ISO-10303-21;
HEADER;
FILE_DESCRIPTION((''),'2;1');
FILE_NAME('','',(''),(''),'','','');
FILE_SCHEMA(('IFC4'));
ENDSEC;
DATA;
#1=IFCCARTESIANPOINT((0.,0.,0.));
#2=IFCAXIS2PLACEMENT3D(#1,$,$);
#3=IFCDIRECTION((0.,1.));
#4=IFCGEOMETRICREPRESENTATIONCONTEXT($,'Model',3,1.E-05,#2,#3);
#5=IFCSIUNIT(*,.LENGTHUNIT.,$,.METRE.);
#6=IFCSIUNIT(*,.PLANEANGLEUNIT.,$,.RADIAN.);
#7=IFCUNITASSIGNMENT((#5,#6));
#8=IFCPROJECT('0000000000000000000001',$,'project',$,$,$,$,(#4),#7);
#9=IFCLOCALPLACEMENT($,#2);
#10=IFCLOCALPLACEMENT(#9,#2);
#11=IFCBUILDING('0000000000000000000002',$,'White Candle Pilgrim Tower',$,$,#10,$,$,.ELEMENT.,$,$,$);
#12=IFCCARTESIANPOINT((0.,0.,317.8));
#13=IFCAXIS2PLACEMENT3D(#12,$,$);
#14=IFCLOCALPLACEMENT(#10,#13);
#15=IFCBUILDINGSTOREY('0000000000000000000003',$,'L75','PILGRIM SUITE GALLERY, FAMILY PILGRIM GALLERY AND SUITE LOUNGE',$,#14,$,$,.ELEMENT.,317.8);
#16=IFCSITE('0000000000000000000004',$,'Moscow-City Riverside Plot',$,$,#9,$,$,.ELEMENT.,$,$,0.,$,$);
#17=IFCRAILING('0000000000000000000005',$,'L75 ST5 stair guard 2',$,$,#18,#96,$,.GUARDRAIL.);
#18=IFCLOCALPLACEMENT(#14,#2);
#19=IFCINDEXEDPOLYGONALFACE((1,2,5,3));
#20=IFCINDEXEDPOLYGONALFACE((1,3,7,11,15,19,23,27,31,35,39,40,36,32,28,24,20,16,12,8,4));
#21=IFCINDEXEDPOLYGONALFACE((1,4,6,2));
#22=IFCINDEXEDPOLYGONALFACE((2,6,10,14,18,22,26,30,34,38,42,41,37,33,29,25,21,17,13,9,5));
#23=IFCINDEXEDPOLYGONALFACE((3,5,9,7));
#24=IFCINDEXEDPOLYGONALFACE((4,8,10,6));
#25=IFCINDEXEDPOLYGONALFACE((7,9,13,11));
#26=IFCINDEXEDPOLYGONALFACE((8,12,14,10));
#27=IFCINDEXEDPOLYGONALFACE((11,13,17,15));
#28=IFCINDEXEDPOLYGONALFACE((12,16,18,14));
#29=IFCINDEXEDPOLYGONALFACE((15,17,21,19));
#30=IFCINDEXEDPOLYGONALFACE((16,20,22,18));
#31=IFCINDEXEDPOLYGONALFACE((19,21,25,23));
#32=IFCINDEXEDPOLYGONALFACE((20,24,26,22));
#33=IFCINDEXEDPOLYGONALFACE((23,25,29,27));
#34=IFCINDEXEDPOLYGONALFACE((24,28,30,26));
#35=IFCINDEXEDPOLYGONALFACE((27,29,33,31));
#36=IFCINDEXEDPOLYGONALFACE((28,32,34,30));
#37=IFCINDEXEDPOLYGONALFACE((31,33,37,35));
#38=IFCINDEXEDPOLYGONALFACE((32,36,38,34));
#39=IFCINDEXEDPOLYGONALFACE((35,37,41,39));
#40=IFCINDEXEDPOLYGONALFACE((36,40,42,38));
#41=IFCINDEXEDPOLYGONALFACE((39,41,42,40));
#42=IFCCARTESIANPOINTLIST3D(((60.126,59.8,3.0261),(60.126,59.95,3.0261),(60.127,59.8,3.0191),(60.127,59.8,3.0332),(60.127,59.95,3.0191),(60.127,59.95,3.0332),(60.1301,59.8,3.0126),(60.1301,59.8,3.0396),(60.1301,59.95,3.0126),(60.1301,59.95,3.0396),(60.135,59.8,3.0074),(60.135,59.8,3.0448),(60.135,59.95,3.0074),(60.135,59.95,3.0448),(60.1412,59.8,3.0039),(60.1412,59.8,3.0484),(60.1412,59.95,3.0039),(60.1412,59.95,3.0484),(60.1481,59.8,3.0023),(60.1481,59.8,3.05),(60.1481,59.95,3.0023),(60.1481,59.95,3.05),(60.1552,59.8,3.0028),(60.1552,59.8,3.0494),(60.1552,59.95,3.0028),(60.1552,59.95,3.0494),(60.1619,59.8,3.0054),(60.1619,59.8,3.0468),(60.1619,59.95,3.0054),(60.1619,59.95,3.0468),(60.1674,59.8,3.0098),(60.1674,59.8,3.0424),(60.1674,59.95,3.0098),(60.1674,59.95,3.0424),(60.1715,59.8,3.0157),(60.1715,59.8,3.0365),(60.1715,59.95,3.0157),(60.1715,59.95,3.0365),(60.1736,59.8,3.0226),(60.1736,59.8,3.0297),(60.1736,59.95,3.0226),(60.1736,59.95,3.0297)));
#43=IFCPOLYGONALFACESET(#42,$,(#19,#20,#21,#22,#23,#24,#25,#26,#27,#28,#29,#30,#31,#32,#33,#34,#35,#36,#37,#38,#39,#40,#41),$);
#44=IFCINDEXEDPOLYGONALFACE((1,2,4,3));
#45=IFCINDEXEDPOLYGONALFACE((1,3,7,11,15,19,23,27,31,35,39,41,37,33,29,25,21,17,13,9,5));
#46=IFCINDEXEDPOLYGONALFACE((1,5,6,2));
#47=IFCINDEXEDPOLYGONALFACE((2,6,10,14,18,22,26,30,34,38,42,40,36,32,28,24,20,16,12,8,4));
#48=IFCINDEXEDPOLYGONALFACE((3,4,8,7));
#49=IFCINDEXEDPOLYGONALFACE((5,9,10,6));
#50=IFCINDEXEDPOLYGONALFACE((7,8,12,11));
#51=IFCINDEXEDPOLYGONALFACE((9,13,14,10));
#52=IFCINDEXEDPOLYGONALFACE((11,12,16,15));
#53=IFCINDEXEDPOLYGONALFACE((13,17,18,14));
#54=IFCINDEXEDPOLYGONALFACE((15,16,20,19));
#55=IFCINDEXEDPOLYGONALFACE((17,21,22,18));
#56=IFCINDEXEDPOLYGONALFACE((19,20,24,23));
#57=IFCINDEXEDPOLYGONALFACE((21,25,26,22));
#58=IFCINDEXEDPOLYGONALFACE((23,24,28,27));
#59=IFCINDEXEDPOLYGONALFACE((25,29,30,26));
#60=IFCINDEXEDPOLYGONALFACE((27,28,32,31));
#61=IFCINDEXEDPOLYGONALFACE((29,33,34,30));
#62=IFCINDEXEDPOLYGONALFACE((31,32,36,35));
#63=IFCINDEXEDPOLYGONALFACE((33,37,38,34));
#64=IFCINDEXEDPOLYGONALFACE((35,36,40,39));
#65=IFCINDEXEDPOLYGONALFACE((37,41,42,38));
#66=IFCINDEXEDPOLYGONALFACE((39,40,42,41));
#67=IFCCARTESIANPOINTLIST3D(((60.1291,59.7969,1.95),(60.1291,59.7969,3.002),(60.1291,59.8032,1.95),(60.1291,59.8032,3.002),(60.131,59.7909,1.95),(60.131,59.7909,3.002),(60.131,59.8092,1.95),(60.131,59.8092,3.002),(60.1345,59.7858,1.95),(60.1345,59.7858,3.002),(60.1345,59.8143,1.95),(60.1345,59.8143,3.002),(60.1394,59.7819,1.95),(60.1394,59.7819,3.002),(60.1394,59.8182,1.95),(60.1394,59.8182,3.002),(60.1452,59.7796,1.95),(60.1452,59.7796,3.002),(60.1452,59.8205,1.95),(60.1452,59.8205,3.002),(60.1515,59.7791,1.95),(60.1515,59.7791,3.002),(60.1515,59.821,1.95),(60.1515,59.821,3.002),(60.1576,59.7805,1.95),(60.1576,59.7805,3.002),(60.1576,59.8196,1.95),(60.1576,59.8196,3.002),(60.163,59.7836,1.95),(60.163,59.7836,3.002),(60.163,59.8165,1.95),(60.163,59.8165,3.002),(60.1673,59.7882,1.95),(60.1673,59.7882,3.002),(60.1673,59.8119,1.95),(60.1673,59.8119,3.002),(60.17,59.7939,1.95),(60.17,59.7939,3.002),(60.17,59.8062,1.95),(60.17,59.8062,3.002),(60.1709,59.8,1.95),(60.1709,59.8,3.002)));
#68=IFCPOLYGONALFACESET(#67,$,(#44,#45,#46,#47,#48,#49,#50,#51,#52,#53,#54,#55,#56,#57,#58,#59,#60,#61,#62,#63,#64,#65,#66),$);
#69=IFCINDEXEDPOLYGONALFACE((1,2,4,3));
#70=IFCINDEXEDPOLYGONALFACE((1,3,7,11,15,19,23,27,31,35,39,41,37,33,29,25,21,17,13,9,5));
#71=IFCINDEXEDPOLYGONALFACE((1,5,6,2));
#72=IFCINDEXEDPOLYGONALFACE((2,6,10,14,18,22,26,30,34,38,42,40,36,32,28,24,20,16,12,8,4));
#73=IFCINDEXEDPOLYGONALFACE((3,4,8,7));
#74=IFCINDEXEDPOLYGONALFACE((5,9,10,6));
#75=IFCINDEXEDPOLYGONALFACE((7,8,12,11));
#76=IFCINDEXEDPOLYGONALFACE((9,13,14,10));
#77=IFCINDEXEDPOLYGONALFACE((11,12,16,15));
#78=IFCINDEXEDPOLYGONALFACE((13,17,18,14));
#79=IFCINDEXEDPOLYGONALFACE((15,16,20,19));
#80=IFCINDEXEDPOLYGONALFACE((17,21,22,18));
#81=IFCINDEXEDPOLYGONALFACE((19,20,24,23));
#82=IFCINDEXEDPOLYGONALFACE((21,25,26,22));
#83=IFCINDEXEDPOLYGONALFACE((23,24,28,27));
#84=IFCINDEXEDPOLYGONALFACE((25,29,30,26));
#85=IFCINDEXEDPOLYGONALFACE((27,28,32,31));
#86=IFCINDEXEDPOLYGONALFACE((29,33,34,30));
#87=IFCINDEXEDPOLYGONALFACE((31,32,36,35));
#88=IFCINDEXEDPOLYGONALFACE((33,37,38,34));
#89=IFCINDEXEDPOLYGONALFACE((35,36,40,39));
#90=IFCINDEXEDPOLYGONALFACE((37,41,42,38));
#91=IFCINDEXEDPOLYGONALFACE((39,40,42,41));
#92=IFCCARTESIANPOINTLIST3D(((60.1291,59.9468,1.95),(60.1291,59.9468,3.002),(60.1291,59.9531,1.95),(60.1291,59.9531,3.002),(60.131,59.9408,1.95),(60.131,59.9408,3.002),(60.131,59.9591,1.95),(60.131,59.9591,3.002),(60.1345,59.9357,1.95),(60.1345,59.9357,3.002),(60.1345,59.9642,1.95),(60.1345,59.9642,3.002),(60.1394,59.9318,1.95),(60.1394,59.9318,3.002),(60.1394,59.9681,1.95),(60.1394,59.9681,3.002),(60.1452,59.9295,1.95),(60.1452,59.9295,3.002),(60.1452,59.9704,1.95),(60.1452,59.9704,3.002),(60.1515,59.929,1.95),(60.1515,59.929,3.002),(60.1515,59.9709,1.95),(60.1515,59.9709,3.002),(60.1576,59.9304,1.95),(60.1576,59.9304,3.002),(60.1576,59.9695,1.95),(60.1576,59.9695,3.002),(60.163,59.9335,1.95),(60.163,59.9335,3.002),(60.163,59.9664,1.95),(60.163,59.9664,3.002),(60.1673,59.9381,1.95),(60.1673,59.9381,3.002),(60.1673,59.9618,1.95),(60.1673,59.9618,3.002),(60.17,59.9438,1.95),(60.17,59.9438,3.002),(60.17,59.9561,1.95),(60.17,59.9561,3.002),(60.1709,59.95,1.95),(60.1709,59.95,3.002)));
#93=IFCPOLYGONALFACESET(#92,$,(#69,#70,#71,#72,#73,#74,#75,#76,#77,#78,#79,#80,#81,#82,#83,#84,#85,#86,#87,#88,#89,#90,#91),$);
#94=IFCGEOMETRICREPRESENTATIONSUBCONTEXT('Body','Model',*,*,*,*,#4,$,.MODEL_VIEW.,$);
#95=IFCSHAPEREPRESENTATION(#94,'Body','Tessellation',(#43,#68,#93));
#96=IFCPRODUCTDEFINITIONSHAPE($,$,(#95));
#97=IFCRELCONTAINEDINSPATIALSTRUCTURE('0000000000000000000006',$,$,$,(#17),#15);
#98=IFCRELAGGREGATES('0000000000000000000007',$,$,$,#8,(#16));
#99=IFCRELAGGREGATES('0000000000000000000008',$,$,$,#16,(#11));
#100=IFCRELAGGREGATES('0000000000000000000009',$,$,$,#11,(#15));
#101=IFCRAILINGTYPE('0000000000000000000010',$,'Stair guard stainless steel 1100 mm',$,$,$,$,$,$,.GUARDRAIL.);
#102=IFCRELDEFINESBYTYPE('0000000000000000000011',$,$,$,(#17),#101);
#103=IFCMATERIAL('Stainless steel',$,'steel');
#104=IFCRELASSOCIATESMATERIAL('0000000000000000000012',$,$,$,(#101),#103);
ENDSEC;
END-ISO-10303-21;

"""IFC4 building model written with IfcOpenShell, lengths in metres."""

from ifc_helpers import new_model, si_unit, direction, frame, origin, origin_2d, place, context, subcontext, project, spatial, circle, extrude, material, type_object, element, save


model = new_model("IFC4")

# Units and contexts
model_context = context("Model", 3, precision=1e-05, world=origin(), true_north=direction((0.0, 1.0)))
body_context = subcontext(model_context, "Body", "Model", "MODEL_VIEW")
ifc_project = project(units=[si_unit("LENGTHUNIT", "METRE"), si_unit("PLANEANGLEUNIT", "RADIAN")], contexts=[model_context])

# Site, building, storey
site_placement = place(None, origin())
site = spatial("IfcSite", under=ifc_project, at=site_placement, Name="Moscow-City Riverside Plot", CompositionType="ELEMENT", RefElevation=0.0)
building_placement = place(site_placement, origin())
building = spatial("IfcBuilding", under=site, at=building_placement, Name="White Candle Pilgrim Tower", CompositionType="ELEMENT")
storey_placement = place(building_placement, frame((0.0, 0.0, 317.8)))
storey = spatial("IfcBuildingStorey", under=building, at=storey_placement, Name="L75", Description="PILGRIM SUITE GALLERY, FAMILY PILGRIM GALLERY AND SUITE LOUNGE", CompositionType="ELEMENT", Elevation=317.8)

# Railing
ifc_material_1 = material(Name="Stainless steel", Category="steel")
railing_type_1 = type_object("IfcRailingType", Name="Stair guard stainless steel 1100 mm", PredefinedType="GUARDRAIL", material=ifc_material_1)
railing_1_placement = place(storey_placement, frame((60.1499, 59.8, 1.95)))
element("IfcRailing", 1, at=railing_1_placement, inside=storey, type_object=railing_type_1, Name="L75 ST5 stair guard 2", PredefinedType="GUARDRAIL", context=body_context, shape_type="SweptSolid", body=[
    extrude(circle(Radius=0.0239, at=origin_2d()), frame((0.0, 0.0, 1.0762), z_axis=(0.0, 1.0, 0.0), x_axis=(-1.0, 0.0, 0.0)), (0.0, 0.0, 1.0), 0.1499),
    extrude(circle(Radius=0.021, at=origin_2d()), origin(), (0.0, 0.0, 1.0), 1.052),
    extrude(circle(Radius=0.021, at=origin_2d()), frame((0.0, 0.1499, 0.0)), (0.0, 0.0, 1.0), 1.052),
])

save(model, "model.ifc")
